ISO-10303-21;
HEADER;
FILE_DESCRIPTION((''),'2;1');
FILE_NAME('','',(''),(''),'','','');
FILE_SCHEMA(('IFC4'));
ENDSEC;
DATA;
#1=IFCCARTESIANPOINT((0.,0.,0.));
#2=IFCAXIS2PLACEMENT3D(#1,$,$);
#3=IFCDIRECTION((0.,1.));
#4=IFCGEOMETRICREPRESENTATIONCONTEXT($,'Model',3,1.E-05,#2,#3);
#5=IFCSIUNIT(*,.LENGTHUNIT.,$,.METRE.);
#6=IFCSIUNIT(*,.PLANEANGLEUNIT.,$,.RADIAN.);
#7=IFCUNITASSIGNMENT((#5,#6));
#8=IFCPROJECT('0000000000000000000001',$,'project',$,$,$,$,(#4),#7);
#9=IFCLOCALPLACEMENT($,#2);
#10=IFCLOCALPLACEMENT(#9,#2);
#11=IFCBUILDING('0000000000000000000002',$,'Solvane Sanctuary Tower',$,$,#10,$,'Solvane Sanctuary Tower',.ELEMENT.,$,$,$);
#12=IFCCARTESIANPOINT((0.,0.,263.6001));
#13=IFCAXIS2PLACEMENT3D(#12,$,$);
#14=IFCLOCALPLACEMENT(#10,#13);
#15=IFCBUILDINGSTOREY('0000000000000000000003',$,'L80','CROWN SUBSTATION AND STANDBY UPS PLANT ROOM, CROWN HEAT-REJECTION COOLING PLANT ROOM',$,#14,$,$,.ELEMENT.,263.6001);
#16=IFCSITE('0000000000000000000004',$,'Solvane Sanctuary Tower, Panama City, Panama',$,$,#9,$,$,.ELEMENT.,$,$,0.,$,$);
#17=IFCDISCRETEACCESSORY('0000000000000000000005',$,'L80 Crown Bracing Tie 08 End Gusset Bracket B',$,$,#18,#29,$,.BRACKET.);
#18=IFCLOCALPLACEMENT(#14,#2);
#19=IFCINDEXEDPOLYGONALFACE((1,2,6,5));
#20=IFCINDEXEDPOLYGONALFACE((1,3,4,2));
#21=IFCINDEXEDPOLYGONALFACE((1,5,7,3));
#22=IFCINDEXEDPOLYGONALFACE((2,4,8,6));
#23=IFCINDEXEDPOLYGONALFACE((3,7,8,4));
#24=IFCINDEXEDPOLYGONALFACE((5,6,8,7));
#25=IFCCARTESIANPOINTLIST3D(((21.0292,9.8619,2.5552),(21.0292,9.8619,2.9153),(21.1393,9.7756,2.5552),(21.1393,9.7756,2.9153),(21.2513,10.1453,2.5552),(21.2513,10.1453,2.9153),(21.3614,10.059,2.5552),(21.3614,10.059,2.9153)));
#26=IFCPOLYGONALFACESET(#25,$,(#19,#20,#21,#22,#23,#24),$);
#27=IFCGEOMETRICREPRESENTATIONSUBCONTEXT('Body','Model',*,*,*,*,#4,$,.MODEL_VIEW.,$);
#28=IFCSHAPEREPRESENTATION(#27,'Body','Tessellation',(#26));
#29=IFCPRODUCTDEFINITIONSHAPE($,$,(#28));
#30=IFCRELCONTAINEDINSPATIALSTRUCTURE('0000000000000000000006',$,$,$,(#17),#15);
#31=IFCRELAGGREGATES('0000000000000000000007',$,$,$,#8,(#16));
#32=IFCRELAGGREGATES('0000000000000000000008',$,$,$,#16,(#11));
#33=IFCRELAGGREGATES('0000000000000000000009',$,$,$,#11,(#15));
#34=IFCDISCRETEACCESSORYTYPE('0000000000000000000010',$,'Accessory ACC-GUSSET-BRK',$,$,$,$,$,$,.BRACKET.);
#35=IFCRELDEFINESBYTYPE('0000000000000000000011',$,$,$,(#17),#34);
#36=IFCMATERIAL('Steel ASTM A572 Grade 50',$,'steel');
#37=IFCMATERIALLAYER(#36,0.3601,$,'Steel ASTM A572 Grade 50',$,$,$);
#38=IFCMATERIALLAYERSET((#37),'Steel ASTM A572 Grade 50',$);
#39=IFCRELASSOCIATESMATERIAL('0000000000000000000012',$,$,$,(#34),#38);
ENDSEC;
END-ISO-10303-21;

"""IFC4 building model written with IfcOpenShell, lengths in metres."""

from ifc_helpers import new_model, si_unit, direction, frame, origin, origin_2d, place, context, subcontext, project, spatial, rectangle, extrude, material, layer, layer_set, type_object, element, save


model = new_model("IFC4")

# Units and contexts
model_context = context("Model", 3, precision=1e-05, world=origin(), true_north=direction((0.0, 1.0)))
body_context = subcontext(model_context, "Body", "Model", "MODEL_VIEW")
ifc_project = project(units=[si_unit("LENGTHUNIT", "METRE"), si_unit("PLANEANGLEUNIT", "RADIAN")], contexts=[model_context])

# Site, building, storey
site_placement = place(None, origin())
site = spatial("IfcSite", under=ifc_project, at=site_placement, Name="Solvane Sanctuary Tower, Panama City, Panama", CompositionType="ELEMENT", RefElevation=0.0)
building_placement = place(site_placement, origin())
building = spatial("IfcBuilding", under=site, at=building_placement, Name="Solvane Sanctuary Tower", LongName="Solvane Sanctuary Tower", CompositionType="ELEMENT")
storey_placement = place(building_placement, frame((0.0, 0.0, 263.6001)))
storey = spatial("IfcBuildingStorey", under=building, at=storey_placement, Name="L80", Description="CROWN SUBSTATION AND STANDBY UPS PLANT ROOM, CROWN HEAT-REJECTION COOLING PLANT ROOM", CompositionType="ELEMENT", Elevation=263.6001)

# Discrete accessory
ifc_material_1 = material(Name="Steel ASTM A572 Grade 50", Category="steel")
ifc_layer_1 = layer(ifc_material_1, 0.3601, Name="Steel ASTM A572 Grade 50")
ifc_layer_set_1 = layer_set([ifc_layer_1], Name="Steel ASTM A572 Grade 50")
discrete_accessory_type = type_object("IfcDiscreteAccessoryType", Name="Accessory ACC-GUSSET-BRK", PredefinedType="BRACKET", material=ifc_layer_set_1)
discrete_accessory_placement = place(storey_placement, frame((21.1953, 9.9604, 2.5552), z_axis=(0.0, 0.0, 1.0), x_axis=(-0.616761, -0.78715, 0.0)))
element("IfcDiscreteAccessory", 1, at=discrete_accessory_placement, inside=storey, type_object=discrete_accessory_type, Name="L80 Crown Bracing Tie 08 End Gusset Bracket B", PredefinedType="BRACKET", context=body_context, shape_type="SweptSolid", body=[
    extrude(rectangle(XDim=0.3601, YDim=0.1399, at=origin_2d()), origin(), (0.0, 0.0, 1.0), 0.3601),
])

save(model, "model.ifc")
